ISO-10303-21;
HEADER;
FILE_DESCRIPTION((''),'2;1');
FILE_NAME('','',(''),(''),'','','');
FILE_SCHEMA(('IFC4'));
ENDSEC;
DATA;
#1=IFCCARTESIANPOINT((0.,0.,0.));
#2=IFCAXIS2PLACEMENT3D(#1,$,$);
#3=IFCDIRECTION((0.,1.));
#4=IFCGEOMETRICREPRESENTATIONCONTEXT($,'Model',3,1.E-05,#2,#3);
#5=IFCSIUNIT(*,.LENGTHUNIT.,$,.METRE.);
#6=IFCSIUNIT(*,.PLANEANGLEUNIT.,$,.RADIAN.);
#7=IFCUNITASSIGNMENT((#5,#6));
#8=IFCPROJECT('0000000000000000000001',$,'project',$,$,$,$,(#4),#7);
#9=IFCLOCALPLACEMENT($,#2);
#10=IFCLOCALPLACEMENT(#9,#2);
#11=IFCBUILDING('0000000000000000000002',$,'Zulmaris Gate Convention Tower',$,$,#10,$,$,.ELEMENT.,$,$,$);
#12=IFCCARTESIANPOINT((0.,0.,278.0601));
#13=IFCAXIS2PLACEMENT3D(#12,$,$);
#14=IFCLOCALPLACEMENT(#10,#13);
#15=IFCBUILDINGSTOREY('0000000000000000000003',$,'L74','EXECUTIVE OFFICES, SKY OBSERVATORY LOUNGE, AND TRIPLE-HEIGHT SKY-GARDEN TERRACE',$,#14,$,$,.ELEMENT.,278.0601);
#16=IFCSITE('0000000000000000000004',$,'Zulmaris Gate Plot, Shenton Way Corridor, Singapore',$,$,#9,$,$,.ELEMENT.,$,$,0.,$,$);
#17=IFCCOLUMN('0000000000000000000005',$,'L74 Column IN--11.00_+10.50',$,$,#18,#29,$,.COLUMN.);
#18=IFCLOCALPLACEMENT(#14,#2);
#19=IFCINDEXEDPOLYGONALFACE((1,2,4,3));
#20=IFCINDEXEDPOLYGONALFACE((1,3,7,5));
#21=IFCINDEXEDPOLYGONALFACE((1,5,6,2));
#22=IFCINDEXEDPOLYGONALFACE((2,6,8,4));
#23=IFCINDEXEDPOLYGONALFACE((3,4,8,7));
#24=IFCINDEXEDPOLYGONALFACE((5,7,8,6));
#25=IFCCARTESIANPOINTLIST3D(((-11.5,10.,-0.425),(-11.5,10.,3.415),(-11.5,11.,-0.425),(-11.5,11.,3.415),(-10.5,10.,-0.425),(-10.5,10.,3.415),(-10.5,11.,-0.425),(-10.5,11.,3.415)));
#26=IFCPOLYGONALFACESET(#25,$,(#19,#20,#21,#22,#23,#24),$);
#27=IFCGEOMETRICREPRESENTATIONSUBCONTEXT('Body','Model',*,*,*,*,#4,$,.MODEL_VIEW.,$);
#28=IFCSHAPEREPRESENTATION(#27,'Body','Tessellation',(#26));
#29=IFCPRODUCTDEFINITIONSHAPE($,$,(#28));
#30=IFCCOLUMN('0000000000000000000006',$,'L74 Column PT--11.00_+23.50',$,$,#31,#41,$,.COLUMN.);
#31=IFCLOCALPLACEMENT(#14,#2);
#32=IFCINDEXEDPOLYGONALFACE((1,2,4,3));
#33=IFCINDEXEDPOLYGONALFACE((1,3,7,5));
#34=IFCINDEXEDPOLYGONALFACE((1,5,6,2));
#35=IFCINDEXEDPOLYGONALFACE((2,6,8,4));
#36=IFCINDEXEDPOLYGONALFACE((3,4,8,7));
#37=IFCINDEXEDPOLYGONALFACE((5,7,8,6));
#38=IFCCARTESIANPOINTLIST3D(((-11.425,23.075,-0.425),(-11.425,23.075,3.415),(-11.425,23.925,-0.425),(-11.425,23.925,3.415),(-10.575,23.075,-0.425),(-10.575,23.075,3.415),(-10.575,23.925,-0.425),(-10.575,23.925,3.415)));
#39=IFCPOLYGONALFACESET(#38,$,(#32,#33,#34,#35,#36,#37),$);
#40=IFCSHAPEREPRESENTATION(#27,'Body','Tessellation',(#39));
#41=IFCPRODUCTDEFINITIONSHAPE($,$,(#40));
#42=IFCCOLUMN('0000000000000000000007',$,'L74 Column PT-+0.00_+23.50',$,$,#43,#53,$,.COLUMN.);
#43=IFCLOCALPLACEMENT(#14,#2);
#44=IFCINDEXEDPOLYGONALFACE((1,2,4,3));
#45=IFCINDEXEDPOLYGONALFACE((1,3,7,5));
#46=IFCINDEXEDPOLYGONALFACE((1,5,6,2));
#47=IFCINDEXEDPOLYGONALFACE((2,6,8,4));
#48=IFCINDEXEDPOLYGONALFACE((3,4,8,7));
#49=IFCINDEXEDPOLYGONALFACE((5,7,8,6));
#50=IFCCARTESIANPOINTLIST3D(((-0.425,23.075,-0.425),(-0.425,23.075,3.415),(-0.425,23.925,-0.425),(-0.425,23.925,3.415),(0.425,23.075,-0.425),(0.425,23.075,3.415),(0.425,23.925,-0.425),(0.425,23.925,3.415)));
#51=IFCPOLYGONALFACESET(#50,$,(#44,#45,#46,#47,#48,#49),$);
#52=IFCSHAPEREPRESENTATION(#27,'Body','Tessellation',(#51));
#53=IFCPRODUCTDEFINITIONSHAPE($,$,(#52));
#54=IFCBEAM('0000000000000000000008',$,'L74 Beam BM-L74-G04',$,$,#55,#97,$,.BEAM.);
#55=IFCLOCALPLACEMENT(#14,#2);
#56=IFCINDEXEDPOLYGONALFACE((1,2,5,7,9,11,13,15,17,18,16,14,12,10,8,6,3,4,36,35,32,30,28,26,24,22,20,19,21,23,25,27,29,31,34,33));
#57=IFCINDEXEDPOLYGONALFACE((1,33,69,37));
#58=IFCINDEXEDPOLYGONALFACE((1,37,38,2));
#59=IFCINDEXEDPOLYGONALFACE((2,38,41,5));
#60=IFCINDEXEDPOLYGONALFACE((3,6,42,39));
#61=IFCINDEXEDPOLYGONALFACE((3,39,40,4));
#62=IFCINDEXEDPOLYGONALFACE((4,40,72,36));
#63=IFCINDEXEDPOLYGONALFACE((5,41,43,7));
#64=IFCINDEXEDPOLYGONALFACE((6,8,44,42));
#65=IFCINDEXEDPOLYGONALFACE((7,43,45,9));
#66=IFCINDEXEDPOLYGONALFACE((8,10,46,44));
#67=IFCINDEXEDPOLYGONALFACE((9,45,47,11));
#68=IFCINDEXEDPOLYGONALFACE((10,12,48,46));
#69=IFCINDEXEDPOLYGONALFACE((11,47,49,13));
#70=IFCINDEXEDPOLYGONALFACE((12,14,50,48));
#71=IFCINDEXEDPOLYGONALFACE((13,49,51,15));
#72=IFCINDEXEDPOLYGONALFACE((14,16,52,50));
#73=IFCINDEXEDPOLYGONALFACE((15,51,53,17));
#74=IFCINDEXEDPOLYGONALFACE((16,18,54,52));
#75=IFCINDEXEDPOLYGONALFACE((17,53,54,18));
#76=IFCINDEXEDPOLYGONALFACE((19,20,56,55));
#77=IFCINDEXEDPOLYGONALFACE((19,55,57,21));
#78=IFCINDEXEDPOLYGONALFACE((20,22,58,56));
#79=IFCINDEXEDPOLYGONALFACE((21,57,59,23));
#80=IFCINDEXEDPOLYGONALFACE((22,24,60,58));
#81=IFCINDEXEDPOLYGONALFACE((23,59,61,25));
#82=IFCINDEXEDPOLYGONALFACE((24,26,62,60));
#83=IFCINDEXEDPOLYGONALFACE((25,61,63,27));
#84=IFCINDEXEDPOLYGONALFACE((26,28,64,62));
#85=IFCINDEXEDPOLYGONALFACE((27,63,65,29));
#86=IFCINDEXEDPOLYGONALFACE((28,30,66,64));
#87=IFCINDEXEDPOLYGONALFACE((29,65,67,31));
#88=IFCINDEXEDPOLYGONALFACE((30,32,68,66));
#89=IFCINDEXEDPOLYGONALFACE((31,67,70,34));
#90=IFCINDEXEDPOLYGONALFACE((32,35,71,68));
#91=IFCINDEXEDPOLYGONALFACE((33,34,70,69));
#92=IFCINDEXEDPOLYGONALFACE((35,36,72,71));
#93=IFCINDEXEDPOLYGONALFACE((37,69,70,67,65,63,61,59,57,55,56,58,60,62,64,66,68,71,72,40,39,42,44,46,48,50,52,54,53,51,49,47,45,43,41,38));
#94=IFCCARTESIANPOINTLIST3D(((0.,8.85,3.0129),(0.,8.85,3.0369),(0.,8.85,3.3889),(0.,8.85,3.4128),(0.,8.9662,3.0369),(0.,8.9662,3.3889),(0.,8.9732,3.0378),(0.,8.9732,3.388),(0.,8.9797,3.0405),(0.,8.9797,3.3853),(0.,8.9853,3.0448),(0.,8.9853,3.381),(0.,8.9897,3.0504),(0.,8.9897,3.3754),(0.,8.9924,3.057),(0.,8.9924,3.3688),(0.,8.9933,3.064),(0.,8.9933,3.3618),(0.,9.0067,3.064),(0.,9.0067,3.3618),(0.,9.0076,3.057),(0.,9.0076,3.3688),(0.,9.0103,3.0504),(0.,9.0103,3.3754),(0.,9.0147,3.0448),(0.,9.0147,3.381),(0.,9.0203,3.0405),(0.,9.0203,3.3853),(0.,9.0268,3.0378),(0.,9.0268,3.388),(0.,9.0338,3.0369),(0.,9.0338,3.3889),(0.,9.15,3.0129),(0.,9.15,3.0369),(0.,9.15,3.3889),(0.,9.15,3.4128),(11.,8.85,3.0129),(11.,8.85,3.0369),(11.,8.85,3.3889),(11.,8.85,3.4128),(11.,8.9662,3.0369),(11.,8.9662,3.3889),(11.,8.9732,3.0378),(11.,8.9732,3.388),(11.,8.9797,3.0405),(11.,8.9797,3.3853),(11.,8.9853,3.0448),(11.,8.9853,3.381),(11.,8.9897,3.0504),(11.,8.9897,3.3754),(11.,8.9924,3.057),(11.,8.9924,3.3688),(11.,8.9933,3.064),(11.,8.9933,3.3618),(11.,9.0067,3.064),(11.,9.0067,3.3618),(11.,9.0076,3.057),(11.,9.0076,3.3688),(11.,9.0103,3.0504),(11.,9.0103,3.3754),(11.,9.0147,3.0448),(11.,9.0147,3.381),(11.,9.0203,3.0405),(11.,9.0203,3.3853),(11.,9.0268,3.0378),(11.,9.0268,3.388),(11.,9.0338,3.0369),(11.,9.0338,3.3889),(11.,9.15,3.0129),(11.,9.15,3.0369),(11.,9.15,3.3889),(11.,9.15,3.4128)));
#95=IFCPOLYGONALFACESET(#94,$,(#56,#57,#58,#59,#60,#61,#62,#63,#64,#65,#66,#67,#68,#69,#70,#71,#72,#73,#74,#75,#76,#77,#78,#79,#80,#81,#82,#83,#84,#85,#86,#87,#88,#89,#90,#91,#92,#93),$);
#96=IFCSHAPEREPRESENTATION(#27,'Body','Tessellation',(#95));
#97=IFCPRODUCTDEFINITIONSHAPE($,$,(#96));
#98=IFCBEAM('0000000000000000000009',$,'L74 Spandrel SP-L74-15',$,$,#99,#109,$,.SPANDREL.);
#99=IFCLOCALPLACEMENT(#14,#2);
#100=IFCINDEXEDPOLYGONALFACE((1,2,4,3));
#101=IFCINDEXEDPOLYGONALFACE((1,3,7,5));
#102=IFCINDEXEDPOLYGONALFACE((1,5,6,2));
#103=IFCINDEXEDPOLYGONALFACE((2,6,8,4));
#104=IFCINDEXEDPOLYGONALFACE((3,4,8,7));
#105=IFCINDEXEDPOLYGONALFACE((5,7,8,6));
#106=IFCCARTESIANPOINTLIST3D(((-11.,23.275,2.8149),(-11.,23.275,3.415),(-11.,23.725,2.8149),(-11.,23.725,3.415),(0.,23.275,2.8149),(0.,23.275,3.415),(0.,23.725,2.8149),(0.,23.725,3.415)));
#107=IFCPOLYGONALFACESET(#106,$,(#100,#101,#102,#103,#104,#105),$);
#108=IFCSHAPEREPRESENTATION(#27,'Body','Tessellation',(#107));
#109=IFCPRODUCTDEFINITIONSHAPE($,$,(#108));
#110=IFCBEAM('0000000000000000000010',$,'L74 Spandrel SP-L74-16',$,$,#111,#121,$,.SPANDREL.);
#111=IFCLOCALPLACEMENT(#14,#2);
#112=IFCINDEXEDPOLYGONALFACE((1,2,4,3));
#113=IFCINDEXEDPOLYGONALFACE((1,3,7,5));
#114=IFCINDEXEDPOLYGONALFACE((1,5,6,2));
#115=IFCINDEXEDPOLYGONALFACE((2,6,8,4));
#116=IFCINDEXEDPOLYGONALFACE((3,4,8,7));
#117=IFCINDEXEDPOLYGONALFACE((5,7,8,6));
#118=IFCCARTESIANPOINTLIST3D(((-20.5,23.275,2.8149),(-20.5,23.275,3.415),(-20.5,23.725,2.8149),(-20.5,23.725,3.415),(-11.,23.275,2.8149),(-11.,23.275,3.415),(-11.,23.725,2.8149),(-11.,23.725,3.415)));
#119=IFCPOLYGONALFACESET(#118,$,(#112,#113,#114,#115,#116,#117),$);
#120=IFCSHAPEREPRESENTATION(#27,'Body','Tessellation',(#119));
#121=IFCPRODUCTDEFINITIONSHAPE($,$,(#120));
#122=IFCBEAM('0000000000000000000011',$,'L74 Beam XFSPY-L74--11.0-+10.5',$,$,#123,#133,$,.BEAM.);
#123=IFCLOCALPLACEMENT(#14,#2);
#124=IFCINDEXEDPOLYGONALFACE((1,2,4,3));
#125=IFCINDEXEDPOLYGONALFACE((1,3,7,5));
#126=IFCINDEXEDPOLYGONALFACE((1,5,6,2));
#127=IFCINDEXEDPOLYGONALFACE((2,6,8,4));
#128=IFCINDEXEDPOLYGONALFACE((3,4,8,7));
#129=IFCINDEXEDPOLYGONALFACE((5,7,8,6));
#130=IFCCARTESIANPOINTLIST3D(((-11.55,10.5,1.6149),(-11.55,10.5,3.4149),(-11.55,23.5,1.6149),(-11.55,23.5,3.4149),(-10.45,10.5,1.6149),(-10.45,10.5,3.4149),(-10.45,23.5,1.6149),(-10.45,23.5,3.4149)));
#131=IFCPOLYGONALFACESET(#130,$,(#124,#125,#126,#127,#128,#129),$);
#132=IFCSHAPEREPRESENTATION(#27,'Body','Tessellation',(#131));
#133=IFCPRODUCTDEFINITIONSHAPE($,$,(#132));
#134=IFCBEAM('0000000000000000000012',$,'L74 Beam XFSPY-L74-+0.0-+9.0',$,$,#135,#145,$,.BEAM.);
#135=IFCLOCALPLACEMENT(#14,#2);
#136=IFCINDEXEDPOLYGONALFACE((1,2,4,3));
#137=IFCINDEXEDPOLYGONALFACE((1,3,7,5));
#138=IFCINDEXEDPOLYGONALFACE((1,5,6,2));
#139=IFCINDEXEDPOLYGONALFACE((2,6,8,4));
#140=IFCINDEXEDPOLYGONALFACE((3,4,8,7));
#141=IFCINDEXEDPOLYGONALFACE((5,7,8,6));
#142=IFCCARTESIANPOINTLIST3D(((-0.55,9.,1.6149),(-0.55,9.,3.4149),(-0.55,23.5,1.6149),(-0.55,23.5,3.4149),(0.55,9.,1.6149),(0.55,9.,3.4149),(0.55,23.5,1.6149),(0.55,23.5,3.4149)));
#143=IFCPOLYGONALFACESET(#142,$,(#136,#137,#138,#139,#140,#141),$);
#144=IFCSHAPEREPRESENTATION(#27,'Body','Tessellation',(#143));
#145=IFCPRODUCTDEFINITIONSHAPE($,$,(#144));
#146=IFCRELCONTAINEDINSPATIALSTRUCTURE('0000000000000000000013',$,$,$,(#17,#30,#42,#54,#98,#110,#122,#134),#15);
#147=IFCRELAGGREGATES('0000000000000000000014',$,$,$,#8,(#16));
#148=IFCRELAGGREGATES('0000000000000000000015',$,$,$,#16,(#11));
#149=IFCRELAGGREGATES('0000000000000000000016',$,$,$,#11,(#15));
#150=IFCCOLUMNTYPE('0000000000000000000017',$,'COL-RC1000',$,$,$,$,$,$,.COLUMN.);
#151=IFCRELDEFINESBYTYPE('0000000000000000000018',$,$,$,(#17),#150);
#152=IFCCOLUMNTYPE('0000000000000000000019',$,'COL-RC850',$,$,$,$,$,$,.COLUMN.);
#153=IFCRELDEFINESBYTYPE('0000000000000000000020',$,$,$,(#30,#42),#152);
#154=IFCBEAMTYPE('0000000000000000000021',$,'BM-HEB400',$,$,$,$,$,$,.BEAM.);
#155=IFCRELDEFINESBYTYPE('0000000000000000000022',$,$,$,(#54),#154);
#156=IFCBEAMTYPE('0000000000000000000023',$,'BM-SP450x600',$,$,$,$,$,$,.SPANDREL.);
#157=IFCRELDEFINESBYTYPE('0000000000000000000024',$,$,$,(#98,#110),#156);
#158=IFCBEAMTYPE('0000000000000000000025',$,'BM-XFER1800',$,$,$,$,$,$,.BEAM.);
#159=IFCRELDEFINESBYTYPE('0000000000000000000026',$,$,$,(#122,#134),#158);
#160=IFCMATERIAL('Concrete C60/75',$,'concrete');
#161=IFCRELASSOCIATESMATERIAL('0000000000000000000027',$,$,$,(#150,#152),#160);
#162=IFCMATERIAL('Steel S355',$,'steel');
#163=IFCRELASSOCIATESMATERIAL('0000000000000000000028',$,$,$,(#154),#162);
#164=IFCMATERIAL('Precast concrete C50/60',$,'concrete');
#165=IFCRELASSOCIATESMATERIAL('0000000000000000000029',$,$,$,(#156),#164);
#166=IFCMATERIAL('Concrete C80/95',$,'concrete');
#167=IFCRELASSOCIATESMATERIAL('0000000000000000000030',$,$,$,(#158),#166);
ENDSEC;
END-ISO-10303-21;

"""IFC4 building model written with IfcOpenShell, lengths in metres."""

from ifc_helpers import new_model, si_unit, direction, frame, origin, origin_2d, place, context, subcontext, project, spatial, rectangle, i_section, extrude, material, material_profile, profile_set, type_object, element, save


model = new_model("IFC4")

# Units and contexts
model_context = context("Model", 3, precision=1e-05, world=origin(), true_north=direction((0.0, 1.0)))
body_context = subcontext(model_context, "Body", "Model", "MODEL_VIEW")
ifc_project = project(units=[si_unit("LENGTHUNIT", "METRE"), si_unit("PLANEANGLEUNIT", "RADIAN")], contexts=[model_context])

# Site, building, storey
site_placement = place(None, origin())
site = spatial("IfcSite", under=ifc_project, at=site_placement, Name="Zulmaris Gate Plot, Shenton Way Corridor, Singapore", CompositionType="ELEMENT", RefElevation=0.0)
building_placement = place(site_placement, origin())
building = spatial("IfcBuilding", under=site, at=building_placement, Name="Zulmaris Gate Convention Tower", CompositionType="ELEMENT")
storey_placement = place(building_placement, frame((0.0, 0.0, 278.0601)))
storey = spatial("IfcBuildingStorey", under=building, at=storey_placement, Name="L74", Description="EXECUTIVE OFFICES, SKY OBSERVATORY LOUNGE, AND TRIPLE-HEIGHT SKY-GARDEN TERRACE", CompositionType="ELEMENT", Elevation=278.0601)

# Columns
ifc_material_1 = material(Name="Concrete C60/75", Category="concrete")
ifc_material_profile_1 = material_profile(ifc_material_1, rectangle(XDim=1.0, YDim=1.0, at=origin_2d()), Name="RC COL 1000x1000")
ifc_profile_set_1 = profile_set([ifc_material_profile_1], Name="Concrete C60/75")
column_type_1 = type_object("IfcColumnType", Name="COL-RC1000", PredefinedType="COLUMN", material=ifc_profile_set_1)
column_placement = place(storey_placement, frame((-11.0, 10.5, -0.425), z_axis=(0.0, 0.0, 1.0), x_axis=(1.0, 0.0, 0.0)))
element("IfcColumn", 1, at=column_placement, inside=storey, type_object=column_type_1, Name="L74 Column IN--11.00_+10.50", PredefinedType="COLUMN", context=body_context, shape_type="SweptSolid", body=[
    extrude(rectangle(XDim=1.0, YDim=1.0, at=origin_2d()), origin(), (0.0, 0.0, 1.0), 3.8401),
])
ifc_material_profile_2 = material_profile(ifc_material_1, rectangle(XDim=0.8501, YDim=0.8501, at=origin_2d()), Name="RC COL 850x850")
ifc_profile_set_2 = profile_set([ifc_material_profile_2], Name="Concrete C60/75")
column_type_2 = type_object("IfcColumnType", Name="COL-RC850", PredefinedType="COLUMN", material=ifc_profile_set_2)
for number, where, z_axis, x_axis, name in (
    (2, (-11.0, 23.5, -0.425), (0.0, 0.0, 1.0), (1.0, 0.0, 0.0), "L74 Column PT--11.00_+23.50"),
    (3, (0.0, 23.5, -0.425), (0.0, 0.0, 1.0), (1.0, 0.0, 0.0), "L74 Column PT-+0.00_+23.50"),
):
    element("IfcColumn", number, at=place(storey_placement, frame(where, z_axis=z_axis, x_axis=x_axis)), inside=storey, type_object=column_type_2, Name=name, PredefinedType="COLUMN", context=body_context, shape_type="SweptSolid", body=[
        extrude(rectangle(XDim=0.8501, YDim=0.8501, at=origin_2d()), origin(), (0.0, 0.0, 1.0), 3.8401),
    ])

# Beams
ifc_material_2 = material(Name="Steel S355", Category="steel")
ifc_material_profile_3 = material_profile(ifc_material_2, i_section(OverallWidth=0.3, OverallDepth=0.3999, WebThickness=0.0134, FlangeThickness=0.0239, FilletRadius=0.0271, at=origin_2d()), Name="HEB 400")
ifc_profile_set_3 = profile_set([ifc_material_profile_3], Name="Steel S355")
beam_type_1 = type_object("IfcBeamType", Name="BM-HEB400", PredefinedType="BEAM", material=ifc_profile_set_3)
beam_1_placement = place(storey_placement, frame((0.0, 9.0, 3.2129), z_axis=(1.0, 0.0, 0.0), x_axis=(0.0, 1.0, 0.0)))
element("IfcBeam", 4, at=beam_1_placement, inside=storey, type_object=beam_type_1, Name="L74 Beam BM-L74-G04", PredefinedType="BEAM", context=body_context, shape_type="SweptSolid", body=[
    extrude(i_section(OverallWidth=0.3, OverallDepth=0.3999, WebThickness=0.0134, FlangeThickness=0.0239, FilletRadius=0.0271, at=origin_2d()), origin(), (0.0, 0.0, 1.0), 11.0),
])
ifc_material_3 = material(Name="Precast concrete C50/60", Category="concrete")
ifc_material_profile_4 = material_profile(ifc_material_3, rectangle(XDim=0.45, YDim=0.6001, at=origin_2d()), Name="RC SPANDREL 450x600")
ifc_profile_set_4 = profile_set([ifc_material_profile_4], Name="Precast concrete C50/60")
beam_type_2 = type_object("IfcBeamType", Name="BM-SP450x600", PredefinedType="SPANDREL", material=ifc_profile_set_4)
beam_2_placement = place(storey_placement, frame((0.0, 23.5, 3.115), z_axis=(-1.0, 0.0, 0.0), x_axis=(0.0, -1.0, 0.0)))
element("IfcBeam", 5, at=beam_2_placement, inside=storey, type_object=beam_type_2, Name="L74 Spandrel SP-L74-15", PredefinedType="SPANDREL", context=body_context, shape_type="SweptSolid", body=[
    extrude(rectangle(XDim=0.45, YDim=0.6001, at=origin_2d()), origin(), (0.0, 0.0, 1.0), 11.0),
])
beam_3_placement = place(storey_placement, frame((-11.0, 23.5, 3.115), z_axis=(-1.0, 0.0, 0.0), x_axis=(0.0, -1.0, 0.0)))
element("IfcBeam", 6, at=beam_3_placement, inside=storey, type_object=beam_type_2, Name="L74 Spandrel SP-L74-16", PredefinedType="SPANDREL", context=body_context, shape_type="SweptSolid", body=[
    extrude(rectangle(XDim=0.45, YDim=0.6001, at=origin_2d()), origin(), (0.0, 0.0, 1.0), 9.5),
])
ifc_material_4 = material(Name="Concrete C80/95", Category="concrete")
ifc_material_profile_5 = material_profile(ifc_material_4, rectangle(XDim=1.1001, YDim=1.8, at=origin_2d()), Name="RC TRANSFER 1100x1800")
ifc_profile_set_5 = profile_set([ifc_material_profile_5], Name="Concrete C80/95")
beam_type_3 = type_object("IfcBeamType", Name="BM-XFER1800", PredefinedType="BEAM", material=ifc_profile_set_5)
beam_4_placement = place(storey_placement, frame((-11.0, 10.5, 2.5149), z_axis=(0.0, 1.0, 0.0), x_axis=(-1.0, 0.0, 0.0)))
element("IfcBeam", 7, at=beam_4_placement, inside=storey, type_object=beam_type_3, Name="L74 Beam XFSPY-L74--11.0-+10.5", PredefinedType="BEAM", context=body_context, shape_type="SweptSolid", body=[
    extrude(rectangle(XDim=1.1001, YDim=1.8, at=origin_2d()), origin(), (0.0, 0.0, 1.0), 13.0),
])
beam_5_placement = place(storey_placement, frame((0.0, 9.0, 2.5149), z_axis=(0.0, 1.0, 0.0), x_axis=(-1.0, 0.0, 0.0)))
element("IfcBeam", 8, at=beam_5_placement, inside=storey, type_object=beam_type_3, Name="L74 Beam XFSPY-L74-+0.0-+9.0", PredefinedType="BEAM", context=body_context, shape_type="SweptSolid", body=[
    extrude(rectangle(XDim=1.1001, YDim=1.8, at=origin_2d()), origin(), (0.0, 0.0, 1.0), 14.5),
])

save(model, "model.ifc")
